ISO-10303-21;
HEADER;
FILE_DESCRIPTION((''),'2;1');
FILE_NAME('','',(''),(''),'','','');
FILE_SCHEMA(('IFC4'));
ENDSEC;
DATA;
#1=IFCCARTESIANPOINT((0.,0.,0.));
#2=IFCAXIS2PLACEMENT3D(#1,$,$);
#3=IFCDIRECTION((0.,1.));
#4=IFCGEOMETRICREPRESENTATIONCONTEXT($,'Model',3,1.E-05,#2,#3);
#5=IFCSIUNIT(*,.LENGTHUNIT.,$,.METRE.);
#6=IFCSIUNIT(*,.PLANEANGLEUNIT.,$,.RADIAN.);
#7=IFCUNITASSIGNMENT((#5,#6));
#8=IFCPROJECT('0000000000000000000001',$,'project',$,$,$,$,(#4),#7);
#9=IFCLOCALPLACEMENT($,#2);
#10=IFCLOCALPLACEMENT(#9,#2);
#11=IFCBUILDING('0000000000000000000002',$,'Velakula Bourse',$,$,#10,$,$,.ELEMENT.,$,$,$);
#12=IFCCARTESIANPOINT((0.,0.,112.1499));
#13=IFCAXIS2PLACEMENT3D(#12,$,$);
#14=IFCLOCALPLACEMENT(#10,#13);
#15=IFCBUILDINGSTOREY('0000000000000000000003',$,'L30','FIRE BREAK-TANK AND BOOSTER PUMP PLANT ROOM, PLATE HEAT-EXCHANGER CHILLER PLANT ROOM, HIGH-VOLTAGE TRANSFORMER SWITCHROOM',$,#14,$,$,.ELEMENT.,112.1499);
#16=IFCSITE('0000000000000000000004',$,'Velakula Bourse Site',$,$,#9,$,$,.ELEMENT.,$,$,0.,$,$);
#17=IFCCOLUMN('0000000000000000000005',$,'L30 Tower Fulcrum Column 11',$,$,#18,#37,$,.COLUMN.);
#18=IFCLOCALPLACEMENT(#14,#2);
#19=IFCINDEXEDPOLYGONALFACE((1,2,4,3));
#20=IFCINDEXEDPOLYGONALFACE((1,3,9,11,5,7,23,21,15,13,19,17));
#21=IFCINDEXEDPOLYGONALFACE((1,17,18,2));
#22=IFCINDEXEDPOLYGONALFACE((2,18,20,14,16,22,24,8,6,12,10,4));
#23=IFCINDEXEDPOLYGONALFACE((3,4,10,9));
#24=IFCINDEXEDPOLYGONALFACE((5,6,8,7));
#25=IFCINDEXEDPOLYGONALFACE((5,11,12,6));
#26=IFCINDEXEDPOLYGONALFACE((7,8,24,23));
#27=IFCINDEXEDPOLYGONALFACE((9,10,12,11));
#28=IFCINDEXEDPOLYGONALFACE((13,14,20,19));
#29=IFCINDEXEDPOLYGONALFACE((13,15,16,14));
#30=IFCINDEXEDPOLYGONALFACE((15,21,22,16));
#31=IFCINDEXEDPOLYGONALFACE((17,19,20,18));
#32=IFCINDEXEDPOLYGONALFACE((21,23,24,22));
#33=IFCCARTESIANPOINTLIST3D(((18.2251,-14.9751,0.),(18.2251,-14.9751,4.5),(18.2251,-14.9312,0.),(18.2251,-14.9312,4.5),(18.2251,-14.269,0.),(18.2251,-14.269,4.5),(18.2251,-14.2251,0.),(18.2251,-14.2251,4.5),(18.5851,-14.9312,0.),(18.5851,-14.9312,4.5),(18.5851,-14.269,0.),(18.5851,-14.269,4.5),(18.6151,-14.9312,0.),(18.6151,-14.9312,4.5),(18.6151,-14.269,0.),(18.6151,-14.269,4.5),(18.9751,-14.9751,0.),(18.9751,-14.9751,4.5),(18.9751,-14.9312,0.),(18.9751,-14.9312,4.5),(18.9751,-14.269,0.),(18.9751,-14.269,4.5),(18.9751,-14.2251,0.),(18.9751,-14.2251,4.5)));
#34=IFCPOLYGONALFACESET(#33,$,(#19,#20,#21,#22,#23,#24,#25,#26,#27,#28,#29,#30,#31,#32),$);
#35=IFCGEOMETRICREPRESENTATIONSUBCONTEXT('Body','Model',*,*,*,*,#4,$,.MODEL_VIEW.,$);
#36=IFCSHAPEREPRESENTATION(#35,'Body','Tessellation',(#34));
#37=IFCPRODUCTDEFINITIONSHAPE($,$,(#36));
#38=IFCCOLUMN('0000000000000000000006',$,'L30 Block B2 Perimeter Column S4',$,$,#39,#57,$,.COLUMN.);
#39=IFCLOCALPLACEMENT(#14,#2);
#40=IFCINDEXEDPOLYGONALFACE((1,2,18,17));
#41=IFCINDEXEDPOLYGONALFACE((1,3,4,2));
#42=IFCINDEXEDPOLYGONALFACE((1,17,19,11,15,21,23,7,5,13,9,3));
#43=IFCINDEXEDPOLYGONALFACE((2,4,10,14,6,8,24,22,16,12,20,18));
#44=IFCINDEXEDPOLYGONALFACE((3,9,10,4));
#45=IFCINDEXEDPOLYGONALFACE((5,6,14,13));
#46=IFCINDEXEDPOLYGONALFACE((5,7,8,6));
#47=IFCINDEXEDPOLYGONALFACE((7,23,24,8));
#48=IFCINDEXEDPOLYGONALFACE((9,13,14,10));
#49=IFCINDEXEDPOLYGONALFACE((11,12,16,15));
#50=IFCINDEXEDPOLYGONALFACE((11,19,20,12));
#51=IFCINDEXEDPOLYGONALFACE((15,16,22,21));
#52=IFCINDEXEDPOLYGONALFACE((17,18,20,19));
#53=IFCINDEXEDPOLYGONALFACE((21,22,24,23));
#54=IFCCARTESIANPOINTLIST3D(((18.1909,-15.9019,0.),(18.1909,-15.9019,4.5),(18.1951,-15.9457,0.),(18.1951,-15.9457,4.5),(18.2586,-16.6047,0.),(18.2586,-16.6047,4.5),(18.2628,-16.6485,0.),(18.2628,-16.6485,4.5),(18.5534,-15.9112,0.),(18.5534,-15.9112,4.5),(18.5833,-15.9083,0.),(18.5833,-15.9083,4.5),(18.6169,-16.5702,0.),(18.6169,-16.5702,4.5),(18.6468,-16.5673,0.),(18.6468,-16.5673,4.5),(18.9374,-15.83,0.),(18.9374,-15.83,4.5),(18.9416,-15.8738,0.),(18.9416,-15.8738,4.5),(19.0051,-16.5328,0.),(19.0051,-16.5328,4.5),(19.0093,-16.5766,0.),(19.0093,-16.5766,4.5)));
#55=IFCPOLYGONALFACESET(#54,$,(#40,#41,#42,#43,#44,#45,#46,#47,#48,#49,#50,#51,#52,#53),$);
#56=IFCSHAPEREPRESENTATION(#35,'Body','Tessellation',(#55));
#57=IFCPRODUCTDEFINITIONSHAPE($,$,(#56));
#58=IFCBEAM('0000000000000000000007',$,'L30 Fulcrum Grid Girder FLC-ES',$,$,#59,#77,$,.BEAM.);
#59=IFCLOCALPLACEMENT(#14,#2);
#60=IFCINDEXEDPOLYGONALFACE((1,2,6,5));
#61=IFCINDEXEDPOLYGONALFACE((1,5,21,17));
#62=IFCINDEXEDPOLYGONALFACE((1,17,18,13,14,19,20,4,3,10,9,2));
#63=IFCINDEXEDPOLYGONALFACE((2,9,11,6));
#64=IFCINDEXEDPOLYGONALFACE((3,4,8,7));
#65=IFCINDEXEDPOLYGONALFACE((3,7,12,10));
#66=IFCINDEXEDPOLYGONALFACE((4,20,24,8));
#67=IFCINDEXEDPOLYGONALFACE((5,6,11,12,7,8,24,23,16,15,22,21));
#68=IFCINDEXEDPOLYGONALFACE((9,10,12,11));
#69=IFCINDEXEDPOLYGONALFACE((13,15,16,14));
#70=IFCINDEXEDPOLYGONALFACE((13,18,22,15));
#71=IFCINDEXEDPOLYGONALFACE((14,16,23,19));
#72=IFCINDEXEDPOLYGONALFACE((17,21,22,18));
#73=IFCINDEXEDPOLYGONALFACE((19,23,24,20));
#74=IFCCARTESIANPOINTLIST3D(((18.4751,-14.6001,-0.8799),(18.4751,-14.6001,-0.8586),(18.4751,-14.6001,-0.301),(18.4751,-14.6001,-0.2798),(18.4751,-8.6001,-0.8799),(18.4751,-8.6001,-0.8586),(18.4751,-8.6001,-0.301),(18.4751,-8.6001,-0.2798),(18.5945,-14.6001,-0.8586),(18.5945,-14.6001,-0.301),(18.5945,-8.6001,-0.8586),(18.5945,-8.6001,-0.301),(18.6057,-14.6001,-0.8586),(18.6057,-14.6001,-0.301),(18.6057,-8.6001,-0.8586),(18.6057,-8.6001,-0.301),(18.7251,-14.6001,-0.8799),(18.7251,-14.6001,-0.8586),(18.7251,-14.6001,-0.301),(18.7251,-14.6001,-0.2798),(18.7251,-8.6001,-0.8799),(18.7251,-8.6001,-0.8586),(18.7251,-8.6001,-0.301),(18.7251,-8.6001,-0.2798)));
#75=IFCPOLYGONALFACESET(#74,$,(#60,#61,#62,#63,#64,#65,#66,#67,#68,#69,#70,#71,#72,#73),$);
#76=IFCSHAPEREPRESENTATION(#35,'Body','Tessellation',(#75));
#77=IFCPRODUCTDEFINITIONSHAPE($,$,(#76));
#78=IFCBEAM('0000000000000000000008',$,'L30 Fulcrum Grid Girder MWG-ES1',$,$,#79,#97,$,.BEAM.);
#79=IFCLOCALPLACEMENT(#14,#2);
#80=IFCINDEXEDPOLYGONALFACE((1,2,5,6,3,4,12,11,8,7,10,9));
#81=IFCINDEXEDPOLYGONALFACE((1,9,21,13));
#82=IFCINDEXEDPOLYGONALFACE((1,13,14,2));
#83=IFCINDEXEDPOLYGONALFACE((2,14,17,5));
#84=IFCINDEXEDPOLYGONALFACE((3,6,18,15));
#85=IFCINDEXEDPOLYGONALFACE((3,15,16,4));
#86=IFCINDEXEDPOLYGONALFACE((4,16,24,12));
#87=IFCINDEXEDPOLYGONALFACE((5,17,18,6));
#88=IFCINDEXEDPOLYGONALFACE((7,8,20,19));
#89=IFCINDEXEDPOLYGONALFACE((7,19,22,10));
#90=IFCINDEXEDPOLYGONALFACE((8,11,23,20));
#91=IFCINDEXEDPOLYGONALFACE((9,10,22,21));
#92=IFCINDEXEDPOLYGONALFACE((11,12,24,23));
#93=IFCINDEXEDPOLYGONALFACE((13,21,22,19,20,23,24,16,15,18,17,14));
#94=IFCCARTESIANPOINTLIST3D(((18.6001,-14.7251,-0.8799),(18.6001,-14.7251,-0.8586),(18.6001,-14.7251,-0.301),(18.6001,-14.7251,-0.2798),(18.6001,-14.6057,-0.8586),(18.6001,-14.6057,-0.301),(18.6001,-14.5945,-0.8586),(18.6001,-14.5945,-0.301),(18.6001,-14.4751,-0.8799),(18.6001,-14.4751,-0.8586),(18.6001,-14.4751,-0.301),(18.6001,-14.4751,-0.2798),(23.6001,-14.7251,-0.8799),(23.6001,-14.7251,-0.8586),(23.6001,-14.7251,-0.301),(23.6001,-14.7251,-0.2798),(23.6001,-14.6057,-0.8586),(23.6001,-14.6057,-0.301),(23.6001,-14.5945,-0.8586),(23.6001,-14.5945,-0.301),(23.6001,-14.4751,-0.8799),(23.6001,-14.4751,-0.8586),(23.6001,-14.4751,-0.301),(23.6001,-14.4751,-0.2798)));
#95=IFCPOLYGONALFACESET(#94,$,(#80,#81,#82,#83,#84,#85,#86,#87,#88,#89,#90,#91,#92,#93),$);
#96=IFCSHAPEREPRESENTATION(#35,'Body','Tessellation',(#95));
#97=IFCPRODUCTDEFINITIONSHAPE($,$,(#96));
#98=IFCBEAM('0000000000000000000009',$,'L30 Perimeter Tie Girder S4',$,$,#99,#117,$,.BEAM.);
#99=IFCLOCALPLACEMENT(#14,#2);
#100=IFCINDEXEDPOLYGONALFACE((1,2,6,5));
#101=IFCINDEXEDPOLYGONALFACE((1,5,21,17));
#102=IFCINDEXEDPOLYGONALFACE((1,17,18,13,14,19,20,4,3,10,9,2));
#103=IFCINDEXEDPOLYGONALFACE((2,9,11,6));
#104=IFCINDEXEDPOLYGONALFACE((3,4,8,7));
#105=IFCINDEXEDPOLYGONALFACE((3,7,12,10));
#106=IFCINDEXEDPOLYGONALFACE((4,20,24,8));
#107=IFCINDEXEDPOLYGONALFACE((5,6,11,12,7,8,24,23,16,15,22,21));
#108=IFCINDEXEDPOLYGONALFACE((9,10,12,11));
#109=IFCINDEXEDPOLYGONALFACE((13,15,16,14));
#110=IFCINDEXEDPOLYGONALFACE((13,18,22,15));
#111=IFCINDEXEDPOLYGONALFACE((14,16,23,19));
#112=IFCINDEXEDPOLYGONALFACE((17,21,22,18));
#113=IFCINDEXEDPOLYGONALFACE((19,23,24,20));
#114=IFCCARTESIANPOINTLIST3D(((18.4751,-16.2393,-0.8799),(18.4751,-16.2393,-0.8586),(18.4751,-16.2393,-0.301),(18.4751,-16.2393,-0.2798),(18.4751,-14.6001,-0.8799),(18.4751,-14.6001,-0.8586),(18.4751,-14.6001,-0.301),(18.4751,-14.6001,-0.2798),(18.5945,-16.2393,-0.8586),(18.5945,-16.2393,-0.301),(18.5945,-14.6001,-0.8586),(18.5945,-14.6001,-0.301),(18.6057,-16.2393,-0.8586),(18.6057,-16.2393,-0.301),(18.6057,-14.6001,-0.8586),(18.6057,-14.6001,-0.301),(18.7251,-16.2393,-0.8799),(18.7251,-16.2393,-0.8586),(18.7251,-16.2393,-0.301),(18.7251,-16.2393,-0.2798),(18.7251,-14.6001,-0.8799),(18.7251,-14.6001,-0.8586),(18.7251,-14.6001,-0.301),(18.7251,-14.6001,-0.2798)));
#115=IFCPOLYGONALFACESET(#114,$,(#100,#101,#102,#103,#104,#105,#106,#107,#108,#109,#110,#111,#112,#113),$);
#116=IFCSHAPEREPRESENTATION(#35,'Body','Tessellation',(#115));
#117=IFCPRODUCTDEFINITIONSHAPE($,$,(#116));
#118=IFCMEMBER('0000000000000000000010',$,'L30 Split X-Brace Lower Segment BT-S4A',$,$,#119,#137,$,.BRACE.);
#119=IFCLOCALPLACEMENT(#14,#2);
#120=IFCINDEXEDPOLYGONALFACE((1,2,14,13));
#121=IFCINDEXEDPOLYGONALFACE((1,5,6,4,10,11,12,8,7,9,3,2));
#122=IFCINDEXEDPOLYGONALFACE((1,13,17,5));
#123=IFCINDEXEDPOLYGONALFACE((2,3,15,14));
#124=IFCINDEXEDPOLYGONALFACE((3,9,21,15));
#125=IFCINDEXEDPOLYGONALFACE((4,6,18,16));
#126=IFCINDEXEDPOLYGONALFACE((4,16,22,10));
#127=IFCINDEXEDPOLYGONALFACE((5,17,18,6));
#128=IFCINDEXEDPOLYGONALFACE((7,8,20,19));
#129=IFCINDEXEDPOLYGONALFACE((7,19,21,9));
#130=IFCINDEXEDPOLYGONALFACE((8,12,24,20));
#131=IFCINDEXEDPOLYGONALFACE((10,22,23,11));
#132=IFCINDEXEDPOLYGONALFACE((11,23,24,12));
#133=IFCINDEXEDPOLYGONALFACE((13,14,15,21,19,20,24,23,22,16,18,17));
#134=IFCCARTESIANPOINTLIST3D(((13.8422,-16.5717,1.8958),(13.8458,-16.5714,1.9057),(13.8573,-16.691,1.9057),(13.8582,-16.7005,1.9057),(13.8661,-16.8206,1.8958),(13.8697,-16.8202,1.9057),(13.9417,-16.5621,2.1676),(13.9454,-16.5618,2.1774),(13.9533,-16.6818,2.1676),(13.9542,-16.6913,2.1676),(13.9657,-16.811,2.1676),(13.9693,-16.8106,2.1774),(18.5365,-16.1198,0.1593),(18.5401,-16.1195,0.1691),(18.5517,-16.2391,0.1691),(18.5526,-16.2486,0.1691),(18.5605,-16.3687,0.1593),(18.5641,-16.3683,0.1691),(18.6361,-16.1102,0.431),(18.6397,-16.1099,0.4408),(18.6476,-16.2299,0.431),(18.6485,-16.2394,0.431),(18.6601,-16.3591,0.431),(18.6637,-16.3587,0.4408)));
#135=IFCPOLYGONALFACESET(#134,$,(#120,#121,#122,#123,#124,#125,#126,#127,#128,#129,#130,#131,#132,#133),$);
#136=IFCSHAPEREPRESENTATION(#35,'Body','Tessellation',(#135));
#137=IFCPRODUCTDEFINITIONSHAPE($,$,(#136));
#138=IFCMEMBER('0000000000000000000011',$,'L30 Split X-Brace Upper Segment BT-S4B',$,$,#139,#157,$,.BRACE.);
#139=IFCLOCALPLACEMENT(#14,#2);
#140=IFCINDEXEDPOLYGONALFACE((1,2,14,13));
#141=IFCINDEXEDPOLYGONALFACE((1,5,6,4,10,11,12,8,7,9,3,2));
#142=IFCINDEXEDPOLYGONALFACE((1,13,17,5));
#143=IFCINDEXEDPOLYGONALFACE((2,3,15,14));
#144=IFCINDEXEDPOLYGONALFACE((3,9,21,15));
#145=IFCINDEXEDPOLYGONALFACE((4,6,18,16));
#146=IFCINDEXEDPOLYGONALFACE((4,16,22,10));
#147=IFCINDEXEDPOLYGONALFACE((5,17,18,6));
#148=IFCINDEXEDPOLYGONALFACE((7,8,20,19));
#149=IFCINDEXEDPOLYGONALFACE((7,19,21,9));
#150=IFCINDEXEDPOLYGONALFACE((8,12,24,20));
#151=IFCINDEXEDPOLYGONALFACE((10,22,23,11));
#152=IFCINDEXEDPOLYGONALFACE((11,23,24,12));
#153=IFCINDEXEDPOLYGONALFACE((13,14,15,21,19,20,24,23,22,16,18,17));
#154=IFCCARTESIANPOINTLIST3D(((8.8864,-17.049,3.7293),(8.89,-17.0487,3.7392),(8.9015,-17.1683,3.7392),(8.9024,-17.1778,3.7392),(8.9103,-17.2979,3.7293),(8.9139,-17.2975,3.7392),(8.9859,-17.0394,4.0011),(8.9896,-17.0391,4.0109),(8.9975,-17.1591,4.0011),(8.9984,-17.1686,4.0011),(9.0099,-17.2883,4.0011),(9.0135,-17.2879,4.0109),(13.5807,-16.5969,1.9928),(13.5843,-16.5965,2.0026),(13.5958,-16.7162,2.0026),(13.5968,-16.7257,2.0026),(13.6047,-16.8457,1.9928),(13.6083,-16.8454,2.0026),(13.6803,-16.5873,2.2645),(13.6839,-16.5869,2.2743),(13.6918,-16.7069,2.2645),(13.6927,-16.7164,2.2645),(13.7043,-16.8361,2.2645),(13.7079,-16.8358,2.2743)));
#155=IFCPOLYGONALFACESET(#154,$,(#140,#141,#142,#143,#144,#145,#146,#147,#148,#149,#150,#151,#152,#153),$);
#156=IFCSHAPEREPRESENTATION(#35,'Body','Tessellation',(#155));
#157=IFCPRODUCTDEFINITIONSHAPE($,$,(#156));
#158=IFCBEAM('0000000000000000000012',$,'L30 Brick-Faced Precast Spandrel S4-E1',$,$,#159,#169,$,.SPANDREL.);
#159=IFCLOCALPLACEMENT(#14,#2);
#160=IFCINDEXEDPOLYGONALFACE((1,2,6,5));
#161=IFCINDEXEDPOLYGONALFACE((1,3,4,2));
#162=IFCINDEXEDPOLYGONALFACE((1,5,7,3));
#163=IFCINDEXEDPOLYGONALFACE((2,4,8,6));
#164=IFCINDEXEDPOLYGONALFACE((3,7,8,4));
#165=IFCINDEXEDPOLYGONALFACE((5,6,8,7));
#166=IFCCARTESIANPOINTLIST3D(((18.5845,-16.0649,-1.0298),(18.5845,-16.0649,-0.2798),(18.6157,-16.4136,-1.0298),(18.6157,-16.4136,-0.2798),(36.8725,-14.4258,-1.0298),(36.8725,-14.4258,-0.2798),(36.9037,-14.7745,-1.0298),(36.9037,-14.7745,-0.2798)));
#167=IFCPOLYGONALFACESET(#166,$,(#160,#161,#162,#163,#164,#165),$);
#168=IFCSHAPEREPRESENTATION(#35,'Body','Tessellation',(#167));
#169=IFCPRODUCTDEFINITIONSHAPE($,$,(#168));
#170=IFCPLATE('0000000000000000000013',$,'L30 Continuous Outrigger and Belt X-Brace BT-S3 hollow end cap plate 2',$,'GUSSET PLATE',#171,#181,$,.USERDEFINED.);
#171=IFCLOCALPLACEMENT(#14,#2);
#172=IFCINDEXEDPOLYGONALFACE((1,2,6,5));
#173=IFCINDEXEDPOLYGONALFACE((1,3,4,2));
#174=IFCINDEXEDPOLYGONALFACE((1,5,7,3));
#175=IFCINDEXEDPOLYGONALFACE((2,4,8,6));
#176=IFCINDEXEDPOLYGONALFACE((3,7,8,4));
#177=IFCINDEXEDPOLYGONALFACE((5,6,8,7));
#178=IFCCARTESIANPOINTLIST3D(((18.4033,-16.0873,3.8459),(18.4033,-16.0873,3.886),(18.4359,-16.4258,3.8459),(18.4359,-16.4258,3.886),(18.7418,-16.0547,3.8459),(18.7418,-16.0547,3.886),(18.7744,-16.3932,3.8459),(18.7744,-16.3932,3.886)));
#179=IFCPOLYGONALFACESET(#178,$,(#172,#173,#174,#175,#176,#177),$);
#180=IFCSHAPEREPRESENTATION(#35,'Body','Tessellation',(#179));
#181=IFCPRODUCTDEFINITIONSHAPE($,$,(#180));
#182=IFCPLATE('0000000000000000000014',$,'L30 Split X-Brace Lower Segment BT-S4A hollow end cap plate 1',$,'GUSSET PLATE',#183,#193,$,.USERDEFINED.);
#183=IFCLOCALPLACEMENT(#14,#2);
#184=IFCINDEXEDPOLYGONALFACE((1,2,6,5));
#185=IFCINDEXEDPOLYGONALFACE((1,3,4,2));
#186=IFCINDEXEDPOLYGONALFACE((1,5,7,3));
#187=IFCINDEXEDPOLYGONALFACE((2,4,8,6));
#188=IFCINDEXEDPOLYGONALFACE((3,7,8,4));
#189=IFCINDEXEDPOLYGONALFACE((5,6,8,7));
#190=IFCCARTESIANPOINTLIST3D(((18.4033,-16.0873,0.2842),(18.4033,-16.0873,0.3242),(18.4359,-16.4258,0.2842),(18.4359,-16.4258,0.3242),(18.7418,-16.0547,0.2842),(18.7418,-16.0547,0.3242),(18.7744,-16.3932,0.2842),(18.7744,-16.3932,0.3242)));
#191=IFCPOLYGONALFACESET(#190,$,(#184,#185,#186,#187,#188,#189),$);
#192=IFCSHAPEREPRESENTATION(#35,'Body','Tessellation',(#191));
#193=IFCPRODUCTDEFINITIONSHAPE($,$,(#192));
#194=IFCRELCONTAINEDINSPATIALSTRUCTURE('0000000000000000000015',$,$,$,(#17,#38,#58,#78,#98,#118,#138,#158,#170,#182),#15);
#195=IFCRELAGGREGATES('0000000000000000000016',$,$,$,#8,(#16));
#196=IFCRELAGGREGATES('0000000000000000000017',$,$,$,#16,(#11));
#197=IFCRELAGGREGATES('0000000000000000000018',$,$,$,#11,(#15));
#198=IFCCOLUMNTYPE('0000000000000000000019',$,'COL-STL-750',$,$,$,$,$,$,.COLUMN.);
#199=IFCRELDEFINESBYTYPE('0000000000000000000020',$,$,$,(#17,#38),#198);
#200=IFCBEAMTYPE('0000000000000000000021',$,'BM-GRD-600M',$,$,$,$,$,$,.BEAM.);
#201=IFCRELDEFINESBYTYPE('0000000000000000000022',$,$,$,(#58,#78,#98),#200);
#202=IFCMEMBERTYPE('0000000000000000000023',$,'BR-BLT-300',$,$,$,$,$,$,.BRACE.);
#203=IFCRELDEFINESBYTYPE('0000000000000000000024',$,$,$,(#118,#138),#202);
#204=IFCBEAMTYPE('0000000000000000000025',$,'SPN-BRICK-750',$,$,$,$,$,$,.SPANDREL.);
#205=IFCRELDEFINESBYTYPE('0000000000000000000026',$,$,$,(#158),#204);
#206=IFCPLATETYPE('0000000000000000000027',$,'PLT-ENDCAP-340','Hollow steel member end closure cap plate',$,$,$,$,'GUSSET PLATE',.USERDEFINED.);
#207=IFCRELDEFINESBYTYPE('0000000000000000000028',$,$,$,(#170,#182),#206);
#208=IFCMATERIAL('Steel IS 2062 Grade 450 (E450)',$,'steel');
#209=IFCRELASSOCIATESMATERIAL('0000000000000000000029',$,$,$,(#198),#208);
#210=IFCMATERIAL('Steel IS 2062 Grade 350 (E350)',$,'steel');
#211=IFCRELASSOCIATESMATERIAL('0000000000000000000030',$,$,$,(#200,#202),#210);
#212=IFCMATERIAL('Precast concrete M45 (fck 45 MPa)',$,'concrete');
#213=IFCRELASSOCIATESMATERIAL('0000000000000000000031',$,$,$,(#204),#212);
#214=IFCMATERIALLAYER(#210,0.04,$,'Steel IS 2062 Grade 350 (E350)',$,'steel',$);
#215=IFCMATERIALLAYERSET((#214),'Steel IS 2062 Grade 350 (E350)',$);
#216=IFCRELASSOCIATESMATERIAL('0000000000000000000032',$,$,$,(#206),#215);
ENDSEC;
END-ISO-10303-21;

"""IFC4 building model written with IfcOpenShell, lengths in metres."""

from ifc_helpers import new_model, si_unit, direction, frame, origin, origin_2d, place, context, subcontext, project, spatial, rectangle, i_section, extrude, material, layer, layer_set, material_profile, profile_set, type_object, element, save


model = new_model("IFC4")

# Units and contexts
model_context = context("Model", 3, precision=1e-05, world=origin(), true_north=direction((0.0, 1.0)))
body_context = subcontext(model_context, "Body", "Model", "MODEL_VIEW")
ifc_project = project(units=[si_unit("LENGTHUNIT", "METRE"), si_unit("PLANEANGLEUNIT", "RADIAN")], contexts=[model_context])

# Site, building, storey
site_placement = place(None, origin())
site = spatial("IfcSite", under=ifc_project, at=site_placement, Name="Velakula Bourse Site", CompositionType="ELEMENT", RefElevation=0.0)
building_placement = place(site_placement, origin())
building = spatial("IfcBuilding", under=site, at=building_placement, Name="Velakula Bourse", CompositionType="ELEMENT")
storey_placement = place(building_placement, frame((0.0, 0.0, 112.1499)))
storey = spatial("IfcBuildingStorey", under=building, at=storey_placement, Name="L30", Description="FIRE BREAK-TANK AND BOOSTER PUMP PLANT ROOM, PLATE HEAT-EXCHANGER CHILLER PLANT ROOM, HIGH-VOLTAGE TRANSFORMER SWITCHROOM", CompositionType="ELEMENT", Elevation=112.1499)

# Columns
ifc_material_1 = material(Name="Steel IS 2062 Grade 450 (E450)", Category="steel")
ifc_material_profile_1 = material_profile(ifc_material_1, i_section(OverallWidth=0.75, OverallDepth=0.75, WebThickness=0.03, FlangeThickness=0.0439, at=origin_2d()), Name="Steel IS 2062 Grade 450 (E450)")
ifc_profile_set_1 = profile_set([ifc_material_profile_1], Name="Steel IS 2062 Grade 450 (E450)")
column_type = type_object("IfcColumnType", Name="COL-STL-750", PredefinedType="COLUMN", material=ifc_profile_set_1)
for number, where, z_axis, x_axis, name in (
    (1, (18.6001, -14.6001, 0.0), (0.0, 0.0, 1.0), (1.0, 0.0, 0.0), "L30 Tower Fulcrum Column 11"),
    (2, (18.6001, -16.2393, 0.0), (0.0, 0.0, 1.0), (0.995396, 0.095846, 0.0), "L30 Block B2 Perimeter Column S4"),
):
    element("IfcColumn", number, at=place(storey_placement, frame(where, z_axis=z_axis, x_axis=x_axis)), inside=storey, type_object=column_type, Name=name, PredefinedType="COLUMN", context=body_context, shape_type="SweptSolid", body=[
        extrude(i_section(OverallWidth=0.75, OverallDepth=0.75, WebThickness=0.03, FlangeThickness=0.0439, at=origin_2d()), origin(), (0.0, 0.0, 1.0), 4.5),
    ])

# Beams
ifc_material_2 = material(Name="Steel IS 2062 Grade 350 (E350)", Category="steel")
ifc_material_profile_2 = material_profile(ifc_material_2, i_section(OverallWidth=0.25, OverallDepth=0.6001, WebThickness=0.0112, FlangeThickness=0.0212, at=origin_2d()), Name="Steel IS 2062 Grade 350 (E350)")
ifc_profile_set_2 = profile_set([ifc_material_profile_2], Name="Steel IS 2062 Grade 350 (E350)")
beam_type_1 = type_object("IfcBeamType", Name="BM-GRD-600M", PredefinedType="BEAM", material=ifc_profile_set_2)
beam_1_placement = place(storey_placement, frame((18.6001, -14.6001, -0.5798), z_axis=(0.0, 1.0, 0.0), x_axis=(-1.0, 0.0, 0.0)))
element("IfcBeam", 3, at=beam_1_placement, inside=storey, type_object=beam_type_1, Name="L30 Fulcrum Grid Girder FLC-ES", PredefinedType="BEAM", context=body_context, shape_type="SweptSolid", body=[
    extrude(i_section(OverallWidth=0.25, OverallDepth=0.6001, WebThickness=0.0112, FlangeThickness=0.0212, at=origin_2d()), origin(), (0.0, 0.0, 1.0), 6.0),
])
beam_2_placement = place(storey_placement, frame((18.6001, -14.6001, -0.5798), z_axis=(1.0, 0.0, 0.0), x_axis=(0.0, 1.0, 0.0)))
element("IfcBeam", 4, at=beam_2_placement, inside=storey, type_object=beam_type_1, Name="L30 Fulcrum Grid Girder MWG-ES1", PredefinedType="BEAM", context=body_context, shape_type="SweptSolid", body=[
    extrude(i_section(OverallWidth=0.25, OverallDepth=0.6001, WebThickness=0.0112, FlangeThickness=0.0212, at=origin_2d()), origin(), (0.0, 0.0, 1.0), 5.0),
])
beam_3_placement = place(storey_placement, frame((18.6001, -14.6001, -0.5798), z_axis=(0.0, -1.0, 0.0), x_axis=(1.0, 0.0, 0.0)))
element("IfcBeam", 5, at=beam_3_placement, inside=storey, type_object=beam_type_1, Name="L30 Perimeter Tie Girder S4", PredefinedType="BEAM", context=body_context, shape_type="SweptSolid", body=[
    extrude(i_section(OverallWidth=0.25, OverallDepth=0.6001, WebThickness=0.0112, FlangeThickness=0.0212, at=origin_2d()), origin(), (0.0, 0.0, 1.0), 1.6392),
])

# Members
ifc_material_profile_3 = material_profile(ifc_material_2, i_section(OverallWidth=0.25, OverallDepth=0.3, WebThickness=0.0095, FlangeThickness=0.0105, at=origin_2d()), Name="Steel IS 2062 Grade 350 (E350)")
ifc_profile_set_3 = profile_set([ifc_material_profile_3], Name="Steel IS 2062 Grade 350 (E350)")
member_type = type_object("IfcMemberType", Name="BR-BLT-300", PredefinedType="BRACE", material=ifc_profile_set_3)
for number, where, z_axis, x_axis, name in (
    (6, (18.6001, -16.2393, 0.3), (-0.934084, -0.08992, 0.345545), (0.095823, -0.995398, 0.0), "L30 Split X-Brace Lower Segment BT-S4A"),
    (7, (13.6443, -16.7163, 2.1335), (-0.93408, -0.089969, 0.345544), (0.095874, -0.995393, 0.0), "L30 Split X-Brace Upper Segment BT-S4B"),
):
    element("IfcMember", number, at=place(storey_placement, frame(where, z_axis=z_axis, x_axis=x_axis)), inside=storey, type_object=member_type, Name=name, PredefinedType="BRACE", context=body_context, shape_type="SweptSolid", body=[
        extrude(i_section(OverallWidth=0.25, OverallDepth=0.3, WebThickness=0.0095, FlangeThickness=0.0105, at=origin_2d()), origin(), (0.0, 0.0, 1.0), 5.0256),
    ])

# Beam
ifc_material_3 = material(Name="Precast concrete M45 (fck 45 MPa)", Category="concrete")
ifc_material_profile_4 = material_profile(ifc_material_3, rectangle(XDim=0.3501, YDim=0.75, at=origin_2d()), Name="Precast concrete M45 (fck 45 MPa)")
ifc_profile_set_4 = profile_set([ifc_material_profile_4], Name="Precast concrete M45 (fck 45 MPa)")
beam_type_2 = type_object("IfcBeamType", Name="SPN-BRICK-750", PredefinedType="SPANDREL", material=ifc_profile_set_4)
beam_4_placement = place(storey_placement, frame((18.6001, -16.2393, -0.6548), z_axis=(0.996007, 0.089272, 0.0), x_axis=(-0.089272, 0.996007, 0.0)))
element("IfcBeam", 8, at=beam_4_placement, inside=storey, type_object=beam_type_2, Name="L30 Brick-Faced Precast Spandrel S4-E1", PredefinedType="SPANDREL", context=body_context, shape_type="SweptSolid", body=[
    extrude(rectangle(XDim=0.3501, YDim=0.75, at=origin_2d()), origin(), (0.0, 0.0, 1.0), 18.3613),
])

# Plates
ifc_layer_1 = layer(ifc_material_2, 0.04, Name="Steel IS 2062 Grade 350 (E350)", Category="steel")
ifc_layer_set_1 = layer_set([ifc_layer_1], Name="Steel IS 2062 Grade 350 (E350)")
plate_type_1 = type_object("IfcPlateType", Name="PLT-ENDCAP-340", Description="Hollow steel member end closure cap plate", ElementType="GUSSET PLATE", PredefinedType="USERDEFINED", material=ifc_layer_set_1)
for number, where, z_axis, x_axis, name in (
    (9, (18.5889, -16.2402, 3.8459), (0.0, 0.0, 1.0), (0.995396, 0.095846, 0.0), "L30 Continuous Outrigger and Belt X-Brace BT-S3 hollow end cap plate 2"),
    (10, (18.5889, -16.2402, 0.2842), (0.0, 0.0, 1.0), (-0.995396, -0.095846, 0.0), "L30 Split X-Brace Lower Segment BT-S4A hollow end cap plate 1"),
):
    element("IfcPlate", number, at=place(storey_placement, frame(where, z_axis=z_axis, x_axis=x_axis)), inside=storey, type_object=plate_type_1, Name=name, ObjectType="GUSSET PLATE", PredefinedType="USERDEFINED", context=body_context, shape_type="SweptSolid", body=[
        extrude(rectangle(XDim=0.3401, YDim=0.3401, at=origin_2d()), origin(), (0.0, 0.0, 1.0), 0.04),
    ])

save(model, "model.ifc")
